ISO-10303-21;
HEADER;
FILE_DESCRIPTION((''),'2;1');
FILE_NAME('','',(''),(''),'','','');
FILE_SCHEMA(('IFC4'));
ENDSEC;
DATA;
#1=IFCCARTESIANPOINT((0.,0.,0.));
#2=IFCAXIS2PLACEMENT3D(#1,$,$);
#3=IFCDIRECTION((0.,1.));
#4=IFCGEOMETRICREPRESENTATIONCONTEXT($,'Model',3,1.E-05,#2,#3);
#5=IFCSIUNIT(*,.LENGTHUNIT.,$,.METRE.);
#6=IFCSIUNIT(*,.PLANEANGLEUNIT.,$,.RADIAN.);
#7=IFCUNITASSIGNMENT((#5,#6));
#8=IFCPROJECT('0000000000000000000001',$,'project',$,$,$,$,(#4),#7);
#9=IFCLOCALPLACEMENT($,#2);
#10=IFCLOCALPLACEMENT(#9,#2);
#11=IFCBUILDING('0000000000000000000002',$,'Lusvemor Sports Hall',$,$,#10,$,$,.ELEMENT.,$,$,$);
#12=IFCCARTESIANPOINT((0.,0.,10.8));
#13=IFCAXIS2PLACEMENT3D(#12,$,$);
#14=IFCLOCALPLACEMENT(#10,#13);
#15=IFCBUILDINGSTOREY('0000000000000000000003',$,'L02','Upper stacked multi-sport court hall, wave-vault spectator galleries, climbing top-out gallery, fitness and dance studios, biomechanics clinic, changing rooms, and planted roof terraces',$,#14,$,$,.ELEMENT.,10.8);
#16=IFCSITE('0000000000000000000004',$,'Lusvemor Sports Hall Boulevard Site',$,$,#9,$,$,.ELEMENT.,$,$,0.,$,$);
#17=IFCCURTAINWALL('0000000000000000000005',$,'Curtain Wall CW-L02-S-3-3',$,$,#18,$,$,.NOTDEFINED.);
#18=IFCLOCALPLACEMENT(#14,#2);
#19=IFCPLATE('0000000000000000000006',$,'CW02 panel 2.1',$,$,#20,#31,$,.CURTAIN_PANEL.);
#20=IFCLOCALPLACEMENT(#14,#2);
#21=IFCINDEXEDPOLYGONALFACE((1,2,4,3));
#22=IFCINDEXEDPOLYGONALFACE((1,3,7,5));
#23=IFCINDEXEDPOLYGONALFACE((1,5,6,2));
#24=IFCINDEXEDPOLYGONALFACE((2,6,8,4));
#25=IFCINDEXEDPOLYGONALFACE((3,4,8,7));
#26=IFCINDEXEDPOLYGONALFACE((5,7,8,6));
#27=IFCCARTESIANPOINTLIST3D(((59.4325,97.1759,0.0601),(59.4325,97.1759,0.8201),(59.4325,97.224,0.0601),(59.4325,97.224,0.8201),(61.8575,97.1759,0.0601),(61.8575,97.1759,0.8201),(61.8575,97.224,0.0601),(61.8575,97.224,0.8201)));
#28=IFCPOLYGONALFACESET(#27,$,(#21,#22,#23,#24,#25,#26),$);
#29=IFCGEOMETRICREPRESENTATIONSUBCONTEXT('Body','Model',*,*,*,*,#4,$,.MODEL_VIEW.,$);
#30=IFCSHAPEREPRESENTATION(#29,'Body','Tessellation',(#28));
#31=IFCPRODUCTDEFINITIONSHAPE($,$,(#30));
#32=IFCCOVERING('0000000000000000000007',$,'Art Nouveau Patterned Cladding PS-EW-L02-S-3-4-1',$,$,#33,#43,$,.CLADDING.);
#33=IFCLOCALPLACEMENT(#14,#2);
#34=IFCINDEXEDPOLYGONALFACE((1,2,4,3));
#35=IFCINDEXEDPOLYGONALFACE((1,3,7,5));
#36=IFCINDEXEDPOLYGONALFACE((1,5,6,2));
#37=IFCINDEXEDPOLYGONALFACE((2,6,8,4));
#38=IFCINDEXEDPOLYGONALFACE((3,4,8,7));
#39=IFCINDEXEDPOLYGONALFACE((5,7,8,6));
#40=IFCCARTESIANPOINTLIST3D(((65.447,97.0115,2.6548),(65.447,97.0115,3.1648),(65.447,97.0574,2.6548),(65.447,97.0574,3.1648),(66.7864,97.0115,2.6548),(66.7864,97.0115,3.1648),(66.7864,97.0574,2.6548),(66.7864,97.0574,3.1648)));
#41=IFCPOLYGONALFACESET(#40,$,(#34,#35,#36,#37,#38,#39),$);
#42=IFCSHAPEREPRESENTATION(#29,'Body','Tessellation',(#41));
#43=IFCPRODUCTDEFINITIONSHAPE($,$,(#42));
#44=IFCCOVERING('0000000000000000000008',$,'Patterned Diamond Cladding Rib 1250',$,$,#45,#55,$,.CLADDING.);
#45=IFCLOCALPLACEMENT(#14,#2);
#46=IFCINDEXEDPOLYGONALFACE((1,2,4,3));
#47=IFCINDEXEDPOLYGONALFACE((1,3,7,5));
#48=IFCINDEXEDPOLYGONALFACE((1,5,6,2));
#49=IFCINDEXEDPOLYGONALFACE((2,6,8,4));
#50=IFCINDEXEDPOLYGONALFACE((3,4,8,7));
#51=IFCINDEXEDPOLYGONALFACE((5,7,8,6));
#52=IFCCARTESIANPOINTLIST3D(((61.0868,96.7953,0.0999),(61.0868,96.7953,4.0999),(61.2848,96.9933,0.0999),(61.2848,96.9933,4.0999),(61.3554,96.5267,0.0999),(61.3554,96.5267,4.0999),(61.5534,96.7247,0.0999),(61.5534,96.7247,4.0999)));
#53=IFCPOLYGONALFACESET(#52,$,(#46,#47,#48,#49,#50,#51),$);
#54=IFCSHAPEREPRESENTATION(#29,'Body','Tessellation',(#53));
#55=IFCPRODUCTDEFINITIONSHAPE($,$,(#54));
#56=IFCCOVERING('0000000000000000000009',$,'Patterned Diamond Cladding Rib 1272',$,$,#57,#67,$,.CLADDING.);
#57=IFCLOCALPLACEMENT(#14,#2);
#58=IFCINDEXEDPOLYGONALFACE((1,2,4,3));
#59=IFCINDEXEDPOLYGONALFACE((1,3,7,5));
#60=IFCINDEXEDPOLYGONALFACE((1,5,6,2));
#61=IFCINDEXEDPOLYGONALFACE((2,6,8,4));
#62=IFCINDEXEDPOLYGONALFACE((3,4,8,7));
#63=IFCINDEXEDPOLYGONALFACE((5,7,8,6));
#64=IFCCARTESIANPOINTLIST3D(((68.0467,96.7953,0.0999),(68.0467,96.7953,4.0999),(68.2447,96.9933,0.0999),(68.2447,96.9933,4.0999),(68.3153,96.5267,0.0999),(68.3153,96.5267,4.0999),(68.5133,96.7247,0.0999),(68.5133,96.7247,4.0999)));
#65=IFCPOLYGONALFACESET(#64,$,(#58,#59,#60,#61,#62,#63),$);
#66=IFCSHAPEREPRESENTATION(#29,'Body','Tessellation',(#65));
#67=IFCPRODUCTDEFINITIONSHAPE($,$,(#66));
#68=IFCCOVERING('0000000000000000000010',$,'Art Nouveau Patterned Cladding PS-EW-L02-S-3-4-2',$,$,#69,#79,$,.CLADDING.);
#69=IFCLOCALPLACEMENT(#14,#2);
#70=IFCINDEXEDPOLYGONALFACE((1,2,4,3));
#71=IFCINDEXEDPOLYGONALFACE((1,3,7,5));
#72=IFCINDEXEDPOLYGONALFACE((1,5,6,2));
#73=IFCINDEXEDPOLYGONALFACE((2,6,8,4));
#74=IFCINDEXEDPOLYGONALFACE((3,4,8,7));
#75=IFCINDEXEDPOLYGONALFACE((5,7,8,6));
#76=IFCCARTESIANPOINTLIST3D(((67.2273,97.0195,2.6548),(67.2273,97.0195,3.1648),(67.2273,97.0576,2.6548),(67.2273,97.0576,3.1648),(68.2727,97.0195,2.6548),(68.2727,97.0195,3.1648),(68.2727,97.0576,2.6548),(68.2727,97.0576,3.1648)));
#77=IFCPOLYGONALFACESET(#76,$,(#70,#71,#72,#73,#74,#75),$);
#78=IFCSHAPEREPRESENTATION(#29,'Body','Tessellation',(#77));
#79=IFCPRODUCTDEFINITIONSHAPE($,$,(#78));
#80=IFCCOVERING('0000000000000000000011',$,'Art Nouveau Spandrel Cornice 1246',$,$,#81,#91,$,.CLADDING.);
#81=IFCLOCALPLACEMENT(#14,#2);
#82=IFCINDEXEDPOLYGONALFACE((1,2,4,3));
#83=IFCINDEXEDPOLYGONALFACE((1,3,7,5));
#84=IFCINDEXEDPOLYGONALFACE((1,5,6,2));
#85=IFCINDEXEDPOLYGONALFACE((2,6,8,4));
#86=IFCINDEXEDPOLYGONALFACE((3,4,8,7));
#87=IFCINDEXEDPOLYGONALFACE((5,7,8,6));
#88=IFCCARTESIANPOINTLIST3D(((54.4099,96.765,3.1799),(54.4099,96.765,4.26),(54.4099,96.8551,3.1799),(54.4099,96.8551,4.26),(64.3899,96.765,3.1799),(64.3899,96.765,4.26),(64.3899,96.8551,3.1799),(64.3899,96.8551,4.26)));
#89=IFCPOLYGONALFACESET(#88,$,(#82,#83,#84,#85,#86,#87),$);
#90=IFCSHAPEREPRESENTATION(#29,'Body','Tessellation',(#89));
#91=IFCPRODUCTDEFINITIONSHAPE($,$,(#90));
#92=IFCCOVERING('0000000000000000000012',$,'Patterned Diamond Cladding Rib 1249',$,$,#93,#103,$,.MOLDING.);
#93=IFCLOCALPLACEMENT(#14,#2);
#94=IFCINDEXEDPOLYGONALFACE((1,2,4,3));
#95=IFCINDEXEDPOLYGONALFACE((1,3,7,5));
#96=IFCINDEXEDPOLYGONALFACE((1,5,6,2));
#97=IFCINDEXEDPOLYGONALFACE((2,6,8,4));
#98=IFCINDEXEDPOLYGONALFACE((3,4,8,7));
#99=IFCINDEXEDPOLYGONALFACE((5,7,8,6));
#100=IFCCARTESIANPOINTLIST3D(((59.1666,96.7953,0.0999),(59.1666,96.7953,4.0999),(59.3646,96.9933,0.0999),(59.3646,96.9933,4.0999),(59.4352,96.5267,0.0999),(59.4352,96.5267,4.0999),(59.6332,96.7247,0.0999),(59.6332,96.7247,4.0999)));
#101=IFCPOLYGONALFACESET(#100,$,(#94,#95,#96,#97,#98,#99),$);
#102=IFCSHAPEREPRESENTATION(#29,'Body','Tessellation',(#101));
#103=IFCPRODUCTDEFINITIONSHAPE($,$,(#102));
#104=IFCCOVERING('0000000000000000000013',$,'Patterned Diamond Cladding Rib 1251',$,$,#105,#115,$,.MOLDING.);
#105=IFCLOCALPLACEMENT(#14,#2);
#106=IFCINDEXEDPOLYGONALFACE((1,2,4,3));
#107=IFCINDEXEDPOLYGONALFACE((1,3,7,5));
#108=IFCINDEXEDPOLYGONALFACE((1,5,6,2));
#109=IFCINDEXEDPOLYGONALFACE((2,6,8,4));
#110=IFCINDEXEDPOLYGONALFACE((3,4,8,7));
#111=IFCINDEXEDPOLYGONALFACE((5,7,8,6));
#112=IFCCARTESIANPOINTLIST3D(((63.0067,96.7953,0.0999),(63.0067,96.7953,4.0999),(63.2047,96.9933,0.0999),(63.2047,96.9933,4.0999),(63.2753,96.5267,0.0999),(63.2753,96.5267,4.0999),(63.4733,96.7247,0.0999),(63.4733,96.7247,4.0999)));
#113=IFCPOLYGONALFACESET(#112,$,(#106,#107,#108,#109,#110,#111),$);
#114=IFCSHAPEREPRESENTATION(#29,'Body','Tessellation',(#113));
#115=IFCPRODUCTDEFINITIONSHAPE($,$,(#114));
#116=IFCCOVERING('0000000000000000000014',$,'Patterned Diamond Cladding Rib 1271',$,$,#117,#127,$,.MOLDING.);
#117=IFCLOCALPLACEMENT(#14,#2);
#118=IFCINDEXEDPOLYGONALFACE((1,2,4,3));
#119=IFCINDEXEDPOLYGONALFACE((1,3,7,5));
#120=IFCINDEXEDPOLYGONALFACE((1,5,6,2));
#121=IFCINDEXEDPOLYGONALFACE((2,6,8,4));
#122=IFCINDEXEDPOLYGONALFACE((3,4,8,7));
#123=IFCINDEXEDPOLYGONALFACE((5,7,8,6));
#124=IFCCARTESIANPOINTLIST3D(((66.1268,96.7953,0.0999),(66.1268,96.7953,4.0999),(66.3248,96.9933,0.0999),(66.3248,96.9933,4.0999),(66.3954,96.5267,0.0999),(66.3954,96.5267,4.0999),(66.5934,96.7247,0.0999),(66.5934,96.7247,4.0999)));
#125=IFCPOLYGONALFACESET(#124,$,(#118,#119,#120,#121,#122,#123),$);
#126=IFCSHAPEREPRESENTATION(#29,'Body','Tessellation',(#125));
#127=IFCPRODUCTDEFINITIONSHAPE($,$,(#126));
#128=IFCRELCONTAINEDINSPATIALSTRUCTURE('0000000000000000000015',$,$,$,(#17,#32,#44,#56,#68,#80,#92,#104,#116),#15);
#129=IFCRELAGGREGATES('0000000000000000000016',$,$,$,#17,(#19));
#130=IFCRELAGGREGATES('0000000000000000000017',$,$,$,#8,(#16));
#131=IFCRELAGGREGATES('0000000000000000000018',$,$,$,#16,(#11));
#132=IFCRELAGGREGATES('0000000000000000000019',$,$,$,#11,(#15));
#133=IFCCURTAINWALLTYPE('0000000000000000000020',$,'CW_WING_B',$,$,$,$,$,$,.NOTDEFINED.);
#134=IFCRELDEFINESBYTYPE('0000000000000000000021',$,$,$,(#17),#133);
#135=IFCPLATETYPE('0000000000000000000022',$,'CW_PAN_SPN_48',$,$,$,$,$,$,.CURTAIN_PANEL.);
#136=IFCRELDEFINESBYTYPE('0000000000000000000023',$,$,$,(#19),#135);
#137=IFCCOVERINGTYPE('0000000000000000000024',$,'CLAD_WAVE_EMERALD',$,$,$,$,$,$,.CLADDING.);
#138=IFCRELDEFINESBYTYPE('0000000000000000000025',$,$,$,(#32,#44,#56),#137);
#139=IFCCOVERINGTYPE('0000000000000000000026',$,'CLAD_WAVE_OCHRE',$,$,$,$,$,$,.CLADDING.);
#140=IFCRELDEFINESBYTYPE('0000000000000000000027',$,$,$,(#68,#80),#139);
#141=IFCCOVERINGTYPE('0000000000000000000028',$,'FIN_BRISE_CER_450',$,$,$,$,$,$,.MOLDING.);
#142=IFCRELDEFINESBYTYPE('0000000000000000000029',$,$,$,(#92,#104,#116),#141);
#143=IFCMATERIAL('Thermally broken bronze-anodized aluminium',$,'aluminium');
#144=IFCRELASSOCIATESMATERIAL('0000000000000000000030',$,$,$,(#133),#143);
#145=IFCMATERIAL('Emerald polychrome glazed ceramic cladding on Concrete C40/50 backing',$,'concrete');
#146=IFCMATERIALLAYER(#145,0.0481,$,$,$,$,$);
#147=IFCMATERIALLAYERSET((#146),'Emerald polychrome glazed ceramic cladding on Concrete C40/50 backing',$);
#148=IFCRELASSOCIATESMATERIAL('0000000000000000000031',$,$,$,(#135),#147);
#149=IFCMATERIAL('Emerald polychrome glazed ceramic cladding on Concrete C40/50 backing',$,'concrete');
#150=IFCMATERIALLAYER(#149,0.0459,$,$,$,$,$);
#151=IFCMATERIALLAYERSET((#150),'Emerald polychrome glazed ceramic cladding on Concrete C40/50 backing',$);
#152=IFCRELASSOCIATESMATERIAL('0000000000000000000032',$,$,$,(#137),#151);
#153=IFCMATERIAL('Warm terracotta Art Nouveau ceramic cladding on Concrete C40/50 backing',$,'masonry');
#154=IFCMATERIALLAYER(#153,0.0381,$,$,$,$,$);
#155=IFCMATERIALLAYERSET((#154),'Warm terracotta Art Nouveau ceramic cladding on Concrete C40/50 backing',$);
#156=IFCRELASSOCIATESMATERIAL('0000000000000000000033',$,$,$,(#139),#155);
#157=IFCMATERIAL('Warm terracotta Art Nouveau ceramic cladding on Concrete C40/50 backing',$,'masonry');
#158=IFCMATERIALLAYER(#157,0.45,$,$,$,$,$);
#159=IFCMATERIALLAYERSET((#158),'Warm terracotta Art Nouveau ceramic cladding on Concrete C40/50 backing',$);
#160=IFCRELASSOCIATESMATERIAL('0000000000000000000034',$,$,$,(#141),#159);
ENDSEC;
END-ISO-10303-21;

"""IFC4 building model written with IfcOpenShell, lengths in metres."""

from ifc_helpers import new_model, si_unit, direction, frame, origin, origin_2d, place, context, subcontext, project, spatial, rectangle, extrude, material, layer, layer_set, type_object, element, aggregate, save


model = new_model("IFC4")

# Units and contexts
model_context = context("Model", 3, precision=1e-05, world=origin(), true_north=direction((0.0, 1.0)))
body_context = subcontext(model_context, "Body", "Model", "MODEL_VIEW")
ifc_project = project(units=[si_unit("LENGTHUNIT", "METRE"), si_unit("PLANEANGLEUNIT", "RADIAN")], contexts=[model_context])

# Site, building, storey
site_placement = place(None, origin())
site = spatial("IfcSite", under=ifc_project, at=site_placement, Name="Lusvemor Sports Hall Boulevard Site", CompositionType="ELEMENT", RefElevation=0.0)
building_placement = place(site_placement, origin())
building = spatial("IfcBuilding", under=site, at=building_placement, Name="Lusvemor Sports Hall", CompositionType="ELEMENT")
storey_placement = place(building_placement, frame((0.0, 0.0, 10.8)))
storey = spatial("IfcBuildingStorey", under=building, at=storey_placement, Name="L02", Description="Upper stacked multi-sport court hall, wave-vault spectator galleries, climbing top-out gallery, fitness and dance studios, biomechanics clinic, changing rooms, and planted roof terraces", CompositionType="ELEMENT", Elevation=10.8)

# Curtain wall
ifc_material_1 = material(Name="Thermally broken bronze-anodized aluminium", Category="aluminium")
curtain_wall_type = type_object("IfcCurtainWallType", Name="CW_WING_B", PredefinedType="NOTDEFINED", material=ifc_material_1)
curtain_wall_placement = place(storey_placement, origin())
curtain_wall = element("IfcCurtainWall", 1, at=curtain_wall_placement, inside=storey, type_object=curtain_wall_type, Name="Curtain Wall CW-L02-S-3-3", PredefinedType="NOTDEFINED")

# Plate
ifc_material_2 = material(Name="Emerald polychrome glazed ceramic cladding on Concrete C40/50 backing", Category="concrete")
ifc_layer_1 = layer(ifc_material_2, 0.0481)
ifc_layer_set_1 = layer_set([ifc_layer_1], Name="Emerald polychrome glazed ceramic cladding on Concrete C40/50 backing")
plate_type_1 = type_object("IfcPlateType", Name="CW_PAN_SPN_48", PredefinedType="CURTAIN_PANEL", material=ifc_layer_set_1)
plate_1_placement = place(storey_placement, frame((60.645, 97.2, 0.0601), z_axis=(0.0, 0.0, 1.0), x_axis=(-1.0, 0.0, 0.0)))
plate_1 = element("IfcPlate", 2, at=plate_1_placement, type_object=plate_type_1, Name="CW02 panel 2.1", PredefinedType="CURTAIN_PANEL", context=body_context, shape_type="SweptSolid", body=[
    extrude(rectangle(XDim=2.425, YDim=0.0481, at=origin_2d()), origin(), (0.0, 0.0, 1.0), 0.76),
])
aggregate(curtain_wall, [plate_1])

# Coverings
ifc_material_3 = material(Name="Emerald polychrome glazed ceramic cladding on Concrete C40/50 backing", Category="concrete")
ifc_layer_2 = layer(ifc_material_3, 0.0459)
ifc_layer_set_2 = layer_set([ifc_layer_2], Name="Emerald polychrome glazed ceramic cladding on Concrete C40/50 backing")
covering_type_1 = type_object("IfcCoveringType", Name="CLAD_WAVE_EMERALD", PredefinedType="CLADDING", material=ifc_layer_set_2)
covering_1_placement = place(storey_placement, frame((66.1167, 97.0344, 2.6548), z_axis=(0.0, 0.0, 1.0), x_axis=(1.0, 0.0, 0.0)))
element("IfcCovering", 3, at=covering_1_placement, inside=storey, type_object=covering_type_1, Name="Art Nouveau Patterned Cladding PS-EW-L02-S-3-4-1", PredefinedType="CLADDING", context=body_context, shape_type="SweptSolid", body=[
    extrude(rectangle(XDim=1.3394, YDim=0.0459, at=origin_2d()), origin(), (0.0, 0.0, 1.0), 0.51),
])
for number, where, z_axis, x_axis, name in (
    (4, (61.3201, 96.76, 0.0999), (0.0, 0.0, 1.0), (0.707107, 0.707107, 0.0), "Patterned Diamond Cladding Rib 1250"),
    (5, (68.28, 96.76, 0.0999), (0.0, 0.0, 1.0), (0.707107, 0.707107, 0.0), "Patterned Diamond Cladding Rib 1272"),
):
    element("IfcCovering", number, at=place(storey_placement, frame(where, z_axis=z_axis, x_axis=x_axis)), inside=storey, type_object=covering_type_1, Name=name, PredefinedType="CLADDING", context=body_context, shape_type="SweptSolid", body=[
        extrude(rectangle(XDim=0.28, YDim=0.3799, at=origin_2d()), origin(), (0.0, 0.0, 1.0), 4.0),
    ])
ifc_material_4 = material(Name="Warm terracotta Art Nouveau ceramic cladding on Concrete C40/50 backing", Category="masonry")
ifc_layer_3 = layer(ifc_material_4, 0.0381)
ifc_layer_set_3 = layer_set([ifc_layer_3], Name="Warm terracotta Art Nouveau ceramic cladding on Concrete C40/50 backing")
covering_type_2 = type_object("IfcCoveringType", Name="CLAD_WAVE_OCHRE", PredefinedType="CLADDING", material=ifc_layer_set_3)
covering_2_placement = place(storey_placement, frame((67.75, 97.0386, 2.6548), z_axis=(0.0, 0.0, 1.0), x_axis=(1.0, 0.0, 0.0)))
element("IfcCovering", 6, at=covering_2_placement, inside=storey, type_object=covering_type_2, Name="Art Nouveau Patterned Cladding PS-EW-L02-S-3-4-2", PredefinedType="CLADDING", context=body_context, shape_type="SweptSolid", body=[
    extrude(rectangle(XDim=1.0454, YDim=0.0381, at=origin_2d()), origin(), (0.0, 0.0, 1.0), 0.51),
])
covering_3_placement = place(storey_placement, frame((59.3999, 96.8101, 3.1799), z_axis=(0.0, 0.0, 1.0), x_axis=(1.0, 0.0, 0.0)))
element("IfcCovering", 7, at=covering_3_placement, inside=storey, type_object=covering_type_2, Name="Art Nouveau Spandrel Cornice 1246", PredefinedType="CLADDING", context=body_context, shape_type="SweptSolid", body=[
    extrude(rectangle(XDim=9.98, YDim=0.0901, at=origin_2d()), origin(), (0.0, 0.0, 1.0), 1.0801),
])
ifc_material_5 = material(Name="Warm terracotta Art Nouveau ceramic cladding on Concrete C40/50 backing", Category="masonry")
ifc_layer_4 = layer(ifc_material_5, 0.45)
ifc_layer_set_4 = layer_set([ifc_layer_4], Name="Warm terracotta Art Nouveau ceramic cladding on Concrete C40/50 backing")
covering_type_3 = type_object("IfcCoveringType", Name="FIN_BRISE_CER_450", PredefinedType="MOLDING", material=ifc_layer_set_4)
for number, where, z_axis, x_axis, name in (
    (8, (59.3999, 96.76, 0.0999), (0.0, 0.0, 1.0), (0.707107, 0.707107, 0.0), "Patterned Diamond Cladding Rib 1249"),
    (9, (63.24, 96.76, 0.0999), (0.0, 0.0, 1.0), (0.707107, 0.707107, 0.0), "Patterned Diamond Cladding Rib 1251"),
    (10, (66.3601, 96.76, 0.0999), (0.0, 0.0, 1.0), (0.707107, 0.707107, 0.0), "Patterned Diamond Cladding Rib 1271"),
):
    element("IfcCovering", number, at=place(storey_placement, frame(where, z_axis=z_axis, x_axis=x_axis)), inside=storey, type_object=covering_type_3, Name=name, PredefinedType="MOLDING", context=body_context, shape_type="SweptSolid", body=[
        extrude(rectangle(XDim=0.28, YDim=0.3799, at=origin_2d()), origin(), (0.0, 0.0, 1.0), 4.0),
    ])

save(model, "model.ifc")
